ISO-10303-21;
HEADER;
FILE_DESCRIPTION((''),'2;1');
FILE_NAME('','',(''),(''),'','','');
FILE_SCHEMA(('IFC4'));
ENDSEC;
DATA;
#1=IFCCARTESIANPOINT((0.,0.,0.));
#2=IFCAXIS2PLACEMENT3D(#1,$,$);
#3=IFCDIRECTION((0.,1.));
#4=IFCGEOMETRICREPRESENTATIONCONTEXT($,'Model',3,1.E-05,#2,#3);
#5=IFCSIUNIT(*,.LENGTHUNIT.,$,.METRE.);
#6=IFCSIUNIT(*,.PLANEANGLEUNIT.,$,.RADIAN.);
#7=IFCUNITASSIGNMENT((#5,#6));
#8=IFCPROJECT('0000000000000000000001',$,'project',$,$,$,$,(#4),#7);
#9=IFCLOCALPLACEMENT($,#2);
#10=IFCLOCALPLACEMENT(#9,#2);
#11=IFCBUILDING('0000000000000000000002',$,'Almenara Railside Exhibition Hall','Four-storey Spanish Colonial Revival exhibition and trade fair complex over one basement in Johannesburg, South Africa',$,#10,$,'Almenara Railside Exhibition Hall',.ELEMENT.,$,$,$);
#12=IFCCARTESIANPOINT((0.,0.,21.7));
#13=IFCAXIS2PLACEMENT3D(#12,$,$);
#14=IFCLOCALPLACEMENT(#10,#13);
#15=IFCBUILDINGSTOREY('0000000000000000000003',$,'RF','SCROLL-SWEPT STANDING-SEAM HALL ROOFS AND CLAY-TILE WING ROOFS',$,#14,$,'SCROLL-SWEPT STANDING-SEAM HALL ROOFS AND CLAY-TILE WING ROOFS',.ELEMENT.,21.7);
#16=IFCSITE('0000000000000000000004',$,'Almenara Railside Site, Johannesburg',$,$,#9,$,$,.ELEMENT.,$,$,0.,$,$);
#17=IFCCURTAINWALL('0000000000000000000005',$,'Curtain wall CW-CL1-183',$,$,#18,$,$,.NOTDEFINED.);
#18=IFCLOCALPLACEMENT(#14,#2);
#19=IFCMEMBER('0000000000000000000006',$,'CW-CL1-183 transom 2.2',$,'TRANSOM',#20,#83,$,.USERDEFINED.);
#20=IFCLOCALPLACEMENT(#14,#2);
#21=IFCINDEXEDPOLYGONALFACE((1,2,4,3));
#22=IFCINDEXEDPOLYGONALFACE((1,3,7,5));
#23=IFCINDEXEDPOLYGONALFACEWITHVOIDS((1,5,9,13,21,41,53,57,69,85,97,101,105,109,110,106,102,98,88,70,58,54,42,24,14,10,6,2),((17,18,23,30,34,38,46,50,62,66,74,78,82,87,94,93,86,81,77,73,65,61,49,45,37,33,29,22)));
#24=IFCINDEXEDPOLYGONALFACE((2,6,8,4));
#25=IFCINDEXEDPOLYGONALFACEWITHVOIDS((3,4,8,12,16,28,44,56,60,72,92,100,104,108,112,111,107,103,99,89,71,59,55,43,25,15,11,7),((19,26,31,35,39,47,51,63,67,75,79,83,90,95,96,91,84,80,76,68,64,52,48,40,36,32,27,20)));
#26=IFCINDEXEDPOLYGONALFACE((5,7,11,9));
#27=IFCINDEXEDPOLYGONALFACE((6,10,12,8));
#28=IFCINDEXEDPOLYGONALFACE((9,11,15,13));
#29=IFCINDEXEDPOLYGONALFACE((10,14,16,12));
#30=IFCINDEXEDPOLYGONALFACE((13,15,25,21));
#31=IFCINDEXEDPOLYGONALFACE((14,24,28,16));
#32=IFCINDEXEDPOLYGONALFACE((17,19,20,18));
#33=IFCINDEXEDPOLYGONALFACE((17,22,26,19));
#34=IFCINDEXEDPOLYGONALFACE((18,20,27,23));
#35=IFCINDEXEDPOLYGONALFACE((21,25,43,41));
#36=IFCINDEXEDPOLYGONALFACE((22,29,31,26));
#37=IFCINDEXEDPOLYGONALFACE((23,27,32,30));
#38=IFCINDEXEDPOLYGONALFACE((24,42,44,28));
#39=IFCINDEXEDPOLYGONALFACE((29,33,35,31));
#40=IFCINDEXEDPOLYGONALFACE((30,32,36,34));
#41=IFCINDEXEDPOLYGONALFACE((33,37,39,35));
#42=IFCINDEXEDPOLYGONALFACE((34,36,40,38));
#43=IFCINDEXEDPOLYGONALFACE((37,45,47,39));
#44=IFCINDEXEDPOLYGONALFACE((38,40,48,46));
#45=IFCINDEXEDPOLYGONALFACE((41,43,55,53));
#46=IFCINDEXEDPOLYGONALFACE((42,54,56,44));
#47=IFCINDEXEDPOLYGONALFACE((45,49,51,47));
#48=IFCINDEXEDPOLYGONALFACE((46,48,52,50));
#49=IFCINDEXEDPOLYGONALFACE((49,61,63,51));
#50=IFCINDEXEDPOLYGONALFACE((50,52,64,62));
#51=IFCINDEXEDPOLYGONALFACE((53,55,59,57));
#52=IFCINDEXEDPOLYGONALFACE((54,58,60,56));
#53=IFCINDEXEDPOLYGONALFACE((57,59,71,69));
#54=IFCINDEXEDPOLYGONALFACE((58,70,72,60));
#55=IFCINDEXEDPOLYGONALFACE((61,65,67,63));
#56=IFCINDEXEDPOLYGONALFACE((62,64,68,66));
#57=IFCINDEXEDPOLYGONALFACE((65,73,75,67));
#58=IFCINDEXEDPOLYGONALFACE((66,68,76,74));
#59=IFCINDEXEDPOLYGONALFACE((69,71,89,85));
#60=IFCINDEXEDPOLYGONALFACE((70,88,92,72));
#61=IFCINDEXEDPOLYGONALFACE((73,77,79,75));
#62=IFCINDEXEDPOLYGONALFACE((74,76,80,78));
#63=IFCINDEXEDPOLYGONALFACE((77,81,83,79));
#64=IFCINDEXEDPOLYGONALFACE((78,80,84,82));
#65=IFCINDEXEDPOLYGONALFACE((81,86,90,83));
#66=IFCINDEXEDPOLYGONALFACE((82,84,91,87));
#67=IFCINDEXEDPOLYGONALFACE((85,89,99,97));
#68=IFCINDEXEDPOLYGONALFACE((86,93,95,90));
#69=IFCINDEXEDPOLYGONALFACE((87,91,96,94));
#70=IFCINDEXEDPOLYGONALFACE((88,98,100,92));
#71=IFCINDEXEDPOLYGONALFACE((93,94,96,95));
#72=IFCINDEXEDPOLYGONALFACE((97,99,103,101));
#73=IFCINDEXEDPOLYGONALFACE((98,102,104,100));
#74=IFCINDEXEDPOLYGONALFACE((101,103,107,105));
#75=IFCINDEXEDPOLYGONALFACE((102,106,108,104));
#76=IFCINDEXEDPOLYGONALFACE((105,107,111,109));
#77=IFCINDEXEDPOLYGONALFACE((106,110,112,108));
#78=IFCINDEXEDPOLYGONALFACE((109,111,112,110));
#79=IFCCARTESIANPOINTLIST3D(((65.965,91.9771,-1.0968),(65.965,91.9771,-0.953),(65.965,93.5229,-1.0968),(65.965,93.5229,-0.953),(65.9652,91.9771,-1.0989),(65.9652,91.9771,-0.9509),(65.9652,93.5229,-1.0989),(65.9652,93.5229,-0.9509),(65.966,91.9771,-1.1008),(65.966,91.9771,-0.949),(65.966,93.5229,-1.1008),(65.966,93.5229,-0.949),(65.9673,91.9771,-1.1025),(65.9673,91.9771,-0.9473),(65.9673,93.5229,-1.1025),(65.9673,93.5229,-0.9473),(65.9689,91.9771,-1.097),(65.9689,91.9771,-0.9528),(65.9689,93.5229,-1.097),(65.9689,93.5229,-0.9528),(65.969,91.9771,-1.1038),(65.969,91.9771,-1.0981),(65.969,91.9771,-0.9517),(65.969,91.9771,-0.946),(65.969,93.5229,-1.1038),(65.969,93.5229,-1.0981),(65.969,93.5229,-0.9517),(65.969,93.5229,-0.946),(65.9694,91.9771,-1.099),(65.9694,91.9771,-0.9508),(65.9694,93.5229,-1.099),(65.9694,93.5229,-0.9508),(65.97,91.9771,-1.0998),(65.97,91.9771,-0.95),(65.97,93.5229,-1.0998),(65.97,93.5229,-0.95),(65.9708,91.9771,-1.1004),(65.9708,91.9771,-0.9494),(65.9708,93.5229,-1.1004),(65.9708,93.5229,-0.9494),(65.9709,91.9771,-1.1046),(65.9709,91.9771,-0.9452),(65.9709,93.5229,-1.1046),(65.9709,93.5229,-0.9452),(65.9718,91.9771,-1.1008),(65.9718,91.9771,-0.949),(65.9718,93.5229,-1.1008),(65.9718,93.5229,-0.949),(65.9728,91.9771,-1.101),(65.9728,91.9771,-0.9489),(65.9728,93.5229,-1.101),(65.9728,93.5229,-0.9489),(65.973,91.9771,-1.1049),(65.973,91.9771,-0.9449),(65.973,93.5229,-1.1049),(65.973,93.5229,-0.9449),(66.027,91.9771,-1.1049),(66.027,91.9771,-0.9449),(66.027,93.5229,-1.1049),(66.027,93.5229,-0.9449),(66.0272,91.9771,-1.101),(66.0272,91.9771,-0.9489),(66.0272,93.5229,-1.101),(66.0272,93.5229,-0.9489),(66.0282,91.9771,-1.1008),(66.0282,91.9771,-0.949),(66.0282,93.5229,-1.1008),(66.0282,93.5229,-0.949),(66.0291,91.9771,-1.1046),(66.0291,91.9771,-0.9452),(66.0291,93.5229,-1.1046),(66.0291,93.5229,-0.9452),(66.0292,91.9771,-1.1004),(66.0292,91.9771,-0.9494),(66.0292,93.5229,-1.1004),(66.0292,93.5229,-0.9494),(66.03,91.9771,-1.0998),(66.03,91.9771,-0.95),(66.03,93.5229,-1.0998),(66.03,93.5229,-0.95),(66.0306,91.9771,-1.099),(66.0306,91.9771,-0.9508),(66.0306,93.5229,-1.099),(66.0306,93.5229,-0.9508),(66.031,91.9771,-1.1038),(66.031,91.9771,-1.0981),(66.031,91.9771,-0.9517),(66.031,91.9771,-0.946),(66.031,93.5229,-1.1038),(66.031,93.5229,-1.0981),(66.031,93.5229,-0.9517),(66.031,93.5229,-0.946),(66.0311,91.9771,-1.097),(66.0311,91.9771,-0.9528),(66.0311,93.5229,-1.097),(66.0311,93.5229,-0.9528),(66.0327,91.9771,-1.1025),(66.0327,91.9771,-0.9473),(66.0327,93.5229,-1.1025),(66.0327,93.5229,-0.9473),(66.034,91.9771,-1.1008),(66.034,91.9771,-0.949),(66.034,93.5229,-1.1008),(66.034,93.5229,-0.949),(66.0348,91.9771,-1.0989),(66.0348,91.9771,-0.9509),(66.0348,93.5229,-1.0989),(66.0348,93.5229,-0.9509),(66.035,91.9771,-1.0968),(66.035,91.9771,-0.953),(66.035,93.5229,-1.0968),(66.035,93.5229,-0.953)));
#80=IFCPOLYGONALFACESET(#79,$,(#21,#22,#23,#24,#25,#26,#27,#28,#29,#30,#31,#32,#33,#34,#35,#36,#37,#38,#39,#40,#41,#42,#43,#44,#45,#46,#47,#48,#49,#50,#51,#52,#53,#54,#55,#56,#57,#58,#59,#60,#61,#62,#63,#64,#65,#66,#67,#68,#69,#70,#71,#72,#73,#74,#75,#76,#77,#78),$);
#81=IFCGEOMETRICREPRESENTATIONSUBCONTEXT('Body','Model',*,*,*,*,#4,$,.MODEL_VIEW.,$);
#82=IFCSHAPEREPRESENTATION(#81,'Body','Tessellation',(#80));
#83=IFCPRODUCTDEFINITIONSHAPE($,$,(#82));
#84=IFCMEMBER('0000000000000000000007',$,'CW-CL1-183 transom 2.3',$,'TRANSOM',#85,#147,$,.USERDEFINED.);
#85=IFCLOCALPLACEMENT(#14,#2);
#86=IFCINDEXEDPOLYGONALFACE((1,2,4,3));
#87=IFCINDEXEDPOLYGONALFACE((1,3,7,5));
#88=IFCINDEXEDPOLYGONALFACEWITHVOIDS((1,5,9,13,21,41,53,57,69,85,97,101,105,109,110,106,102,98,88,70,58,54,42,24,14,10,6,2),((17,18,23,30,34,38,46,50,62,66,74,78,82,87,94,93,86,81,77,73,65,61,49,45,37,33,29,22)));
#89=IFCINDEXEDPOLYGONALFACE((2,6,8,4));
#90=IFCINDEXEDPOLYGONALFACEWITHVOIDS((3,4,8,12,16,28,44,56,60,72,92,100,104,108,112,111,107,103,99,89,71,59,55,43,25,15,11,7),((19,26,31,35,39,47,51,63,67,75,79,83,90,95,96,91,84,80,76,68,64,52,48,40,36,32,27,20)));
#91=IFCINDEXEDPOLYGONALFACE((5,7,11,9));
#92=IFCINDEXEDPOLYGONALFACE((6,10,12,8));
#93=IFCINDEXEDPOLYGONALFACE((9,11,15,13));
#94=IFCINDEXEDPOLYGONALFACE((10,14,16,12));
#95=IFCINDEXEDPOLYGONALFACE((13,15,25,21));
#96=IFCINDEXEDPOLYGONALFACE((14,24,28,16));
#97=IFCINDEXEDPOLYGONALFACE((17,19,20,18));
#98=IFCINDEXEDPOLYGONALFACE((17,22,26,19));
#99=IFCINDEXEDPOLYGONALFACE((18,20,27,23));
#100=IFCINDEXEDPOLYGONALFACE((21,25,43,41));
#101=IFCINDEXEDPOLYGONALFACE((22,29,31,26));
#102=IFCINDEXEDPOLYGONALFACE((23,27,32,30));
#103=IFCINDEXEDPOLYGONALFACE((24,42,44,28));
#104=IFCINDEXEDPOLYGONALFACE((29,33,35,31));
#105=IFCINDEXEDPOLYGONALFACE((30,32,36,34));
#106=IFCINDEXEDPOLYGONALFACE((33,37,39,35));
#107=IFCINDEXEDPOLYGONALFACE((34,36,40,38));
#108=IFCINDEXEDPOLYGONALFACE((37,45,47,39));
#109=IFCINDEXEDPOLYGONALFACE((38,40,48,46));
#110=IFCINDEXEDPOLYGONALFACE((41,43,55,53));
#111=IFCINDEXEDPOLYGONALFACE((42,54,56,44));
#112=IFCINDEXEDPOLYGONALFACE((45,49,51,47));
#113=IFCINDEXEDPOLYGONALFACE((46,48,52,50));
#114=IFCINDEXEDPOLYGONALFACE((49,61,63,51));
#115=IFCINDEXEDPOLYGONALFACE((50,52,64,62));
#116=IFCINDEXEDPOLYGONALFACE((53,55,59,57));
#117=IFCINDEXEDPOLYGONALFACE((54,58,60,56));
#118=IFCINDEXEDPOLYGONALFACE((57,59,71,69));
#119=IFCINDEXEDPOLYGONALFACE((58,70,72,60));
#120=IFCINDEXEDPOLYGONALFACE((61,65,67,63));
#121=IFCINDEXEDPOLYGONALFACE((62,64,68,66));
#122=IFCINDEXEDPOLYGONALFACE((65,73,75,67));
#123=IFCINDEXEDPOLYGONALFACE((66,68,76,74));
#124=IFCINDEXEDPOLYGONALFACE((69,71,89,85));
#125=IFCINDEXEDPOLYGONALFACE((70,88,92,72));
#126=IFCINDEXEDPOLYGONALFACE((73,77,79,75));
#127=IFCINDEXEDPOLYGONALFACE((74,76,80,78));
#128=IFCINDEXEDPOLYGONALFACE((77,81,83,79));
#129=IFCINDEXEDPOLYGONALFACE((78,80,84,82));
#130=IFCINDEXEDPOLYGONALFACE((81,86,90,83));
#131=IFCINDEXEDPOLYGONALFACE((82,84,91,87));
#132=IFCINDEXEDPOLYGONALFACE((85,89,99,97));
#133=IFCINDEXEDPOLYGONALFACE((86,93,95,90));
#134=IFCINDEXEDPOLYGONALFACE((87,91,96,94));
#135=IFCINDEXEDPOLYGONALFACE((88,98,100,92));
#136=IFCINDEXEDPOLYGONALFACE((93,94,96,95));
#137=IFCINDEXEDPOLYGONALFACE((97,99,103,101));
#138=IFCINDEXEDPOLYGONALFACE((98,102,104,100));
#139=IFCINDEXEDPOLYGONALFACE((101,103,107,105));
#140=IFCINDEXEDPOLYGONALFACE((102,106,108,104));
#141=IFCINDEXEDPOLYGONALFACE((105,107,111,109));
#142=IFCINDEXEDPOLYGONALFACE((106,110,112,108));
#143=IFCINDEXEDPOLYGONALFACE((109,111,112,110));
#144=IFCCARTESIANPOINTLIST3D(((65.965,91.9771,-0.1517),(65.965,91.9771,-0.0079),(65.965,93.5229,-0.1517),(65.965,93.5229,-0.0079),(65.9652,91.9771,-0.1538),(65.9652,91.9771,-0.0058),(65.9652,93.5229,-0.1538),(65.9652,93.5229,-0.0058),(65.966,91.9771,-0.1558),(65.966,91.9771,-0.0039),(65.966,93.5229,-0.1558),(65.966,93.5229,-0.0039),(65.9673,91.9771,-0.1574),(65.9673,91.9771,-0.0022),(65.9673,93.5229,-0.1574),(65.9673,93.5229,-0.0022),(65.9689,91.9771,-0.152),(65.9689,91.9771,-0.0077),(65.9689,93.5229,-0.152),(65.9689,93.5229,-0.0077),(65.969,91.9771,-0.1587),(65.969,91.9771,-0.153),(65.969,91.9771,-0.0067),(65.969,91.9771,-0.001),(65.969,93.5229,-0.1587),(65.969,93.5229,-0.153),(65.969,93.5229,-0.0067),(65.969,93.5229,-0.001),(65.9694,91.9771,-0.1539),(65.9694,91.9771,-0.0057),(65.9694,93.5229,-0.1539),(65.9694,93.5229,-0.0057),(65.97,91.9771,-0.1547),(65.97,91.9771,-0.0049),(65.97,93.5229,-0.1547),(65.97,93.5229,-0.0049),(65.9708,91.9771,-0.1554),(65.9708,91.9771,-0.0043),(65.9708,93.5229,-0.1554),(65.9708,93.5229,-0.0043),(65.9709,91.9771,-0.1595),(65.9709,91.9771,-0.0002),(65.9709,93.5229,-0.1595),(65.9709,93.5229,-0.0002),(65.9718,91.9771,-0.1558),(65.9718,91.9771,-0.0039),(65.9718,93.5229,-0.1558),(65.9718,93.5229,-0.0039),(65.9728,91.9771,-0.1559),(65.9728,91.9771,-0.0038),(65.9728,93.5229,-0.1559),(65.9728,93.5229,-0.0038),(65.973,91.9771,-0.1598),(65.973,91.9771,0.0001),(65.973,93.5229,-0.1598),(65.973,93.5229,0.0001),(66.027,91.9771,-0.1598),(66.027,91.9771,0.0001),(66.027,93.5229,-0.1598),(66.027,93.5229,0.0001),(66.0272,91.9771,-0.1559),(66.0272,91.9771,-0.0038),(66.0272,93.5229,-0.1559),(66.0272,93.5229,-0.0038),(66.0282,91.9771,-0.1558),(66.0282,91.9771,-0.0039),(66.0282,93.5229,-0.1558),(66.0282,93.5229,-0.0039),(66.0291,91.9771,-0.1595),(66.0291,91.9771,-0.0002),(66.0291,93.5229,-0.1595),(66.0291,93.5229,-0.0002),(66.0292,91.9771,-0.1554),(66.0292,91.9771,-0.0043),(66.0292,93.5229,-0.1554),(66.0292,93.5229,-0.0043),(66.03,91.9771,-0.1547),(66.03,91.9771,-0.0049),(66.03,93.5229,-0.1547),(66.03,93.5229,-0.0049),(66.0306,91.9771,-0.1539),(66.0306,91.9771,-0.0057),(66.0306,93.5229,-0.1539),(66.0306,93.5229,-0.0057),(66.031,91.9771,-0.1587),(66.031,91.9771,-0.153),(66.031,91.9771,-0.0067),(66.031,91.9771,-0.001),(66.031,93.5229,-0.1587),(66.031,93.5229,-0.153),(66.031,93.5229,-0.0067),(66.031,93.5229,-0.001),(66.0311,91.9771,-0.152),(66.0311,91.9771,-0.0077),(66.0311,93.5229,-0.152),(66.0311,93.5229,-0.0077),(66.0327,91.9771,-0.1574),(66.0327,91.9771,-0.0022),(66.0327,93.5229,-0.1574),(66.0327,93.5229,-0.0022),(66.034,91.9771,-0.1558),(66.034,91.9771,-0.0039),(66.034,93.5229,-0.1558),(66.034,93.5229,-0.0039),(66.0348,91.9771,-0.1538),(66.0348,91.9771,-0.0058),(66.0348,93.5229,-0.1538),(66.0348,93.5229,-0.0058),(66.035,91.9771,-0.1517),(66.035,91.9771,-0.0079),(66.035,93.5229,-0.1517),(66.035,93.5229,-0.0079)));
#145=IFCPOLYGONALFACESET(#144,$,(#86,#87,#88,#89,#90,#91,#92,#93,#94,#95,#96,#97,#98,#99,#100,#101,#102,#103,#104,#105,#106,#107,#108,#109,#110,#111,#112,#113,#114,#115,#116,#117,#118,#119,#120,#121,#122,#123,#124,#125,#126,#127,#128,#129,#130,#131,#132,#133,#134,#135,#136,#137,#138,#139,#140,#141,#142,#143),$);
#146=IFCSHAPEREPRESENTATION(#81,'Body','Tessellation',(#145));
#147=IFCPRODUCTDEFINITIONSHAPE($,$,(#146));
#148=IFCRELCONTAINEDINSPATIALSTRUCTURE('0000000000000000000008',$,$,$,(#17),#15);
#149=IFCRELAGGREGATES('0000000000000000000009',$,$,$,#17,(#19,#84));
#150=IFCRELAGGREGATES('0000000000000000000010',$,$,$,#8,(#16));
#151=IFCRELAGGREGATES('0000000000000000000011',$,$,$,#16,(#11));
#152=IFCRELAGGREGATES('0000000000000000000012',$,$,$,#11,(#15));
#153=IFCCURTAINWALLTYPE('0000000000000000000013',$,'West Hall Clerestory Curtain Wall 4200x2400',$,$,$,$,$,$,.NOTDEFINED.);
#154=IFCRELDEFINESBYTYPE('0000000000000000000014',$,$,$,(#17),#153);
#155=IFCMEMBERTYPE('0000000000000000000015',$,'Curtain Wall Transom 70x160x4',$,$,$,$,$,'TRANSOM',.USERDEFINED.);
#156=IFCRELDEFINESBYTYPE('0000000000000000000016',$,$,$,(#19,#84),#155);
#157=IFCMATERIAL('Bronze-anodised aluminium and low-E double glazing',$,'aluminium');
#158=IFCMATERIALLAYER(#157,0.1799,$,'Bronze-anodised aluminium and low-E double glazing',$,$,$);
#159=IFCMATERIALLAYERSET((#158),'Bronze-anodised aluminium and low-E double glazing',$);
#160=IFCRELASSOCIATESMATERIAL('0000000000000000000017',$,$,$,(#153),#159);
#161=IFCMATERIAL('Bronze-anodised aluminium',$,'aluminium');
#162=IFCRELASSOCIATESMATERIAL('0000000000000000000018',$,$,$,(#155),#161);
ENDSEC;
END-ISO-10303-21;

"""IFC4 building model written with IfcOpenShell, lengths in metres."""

from ifc_helpers import new_model, si_unit, direction, frame, origin, origin_2d, place, context, subcontext, project, spatial, hollow_rectangle, extrude, material, layer, layer_set, material_profile, profile_set, type_object, element, aggregate, save


model = new_model("IFC4")

# Units and contexts
model_context = context("Model", 3, precision=1e-05, world=origin(), true_north=direction((0.0, 1.0)))
body_context = subcontext(model_context, "Body", "Model", "MODEL_VIEW")
ifc_project = project(units=[si_unit("LENGTHUNIT", "METRE"), si_unit("PLANEANGLEUNIT", "RADIAN")], contexts=[model_context])

# Site, building, storey
site_placement = place(None, origin())
site = spatial("IfcSite", under=ifc_project, at=site_placement, Name="Almenara Railside Site, Johannesburg", CompositionType="ELEMENT", RefElevation=0.0)
building_placement = place(site_placement, origin())
building = spatial("IfcBuilding", under=site, at=building_placement, Name="Almenara Railside Exhibition Hall", Description="Four-storey Spanish Colonial Revival exhibition and trade fair complex over one basement in Johannesburg, South Africa", LongName="Almenara Railside Exhibition Hall", CompositionType="ELEMENT")
storey_placement = place(building_placement, frame((0.0, 0.0, 21.7)))
storey = spatial("IfcBuildingStorey", under=building, at=storey_placement, Name="RF", Description="SCROLL-SWEPT STANDING-SEAM HALL ROOFS AND CLAY-TILE WING ROOFS", LongName="SCROLL-SWEPT STANDING-SEAM HALL ROOFS AND CLAY-TILE WING ROOFS", CompositionType="ELEMENT", Elevation=21.7)

# Curtain wall
ifc_material_1 = material(Name="Bronze-anodised aluminium and low-E double glazing", Category="aluminium")
ifc_layer_1 = layer(ifc_material_1, 0.1799, Name="Bronze-anodised aluminium and low-E double glazing")
ifc_layer_set_1 = layer_set([ifc_layer_1], Name="Bronze-anodised aluminium and low-E double glazing")
curtain_wall_type = type_object("IfcCurtainWallType", Name="West Hall Clerestory Curtain Wall 4200x2400", PredefinedType="NOTDEFINED", material=ifc_layer_set_1)
ifc_material_2 = material(Name="Bronze-anodised aluminium", Category="aluminium")
curtain_wall_1_placement = place(storey_placement, origin())
curtain_wall_1 = element("IfcCurtainWall", 1, at=curtain_wall_1_placement, inside=storey, type_object=curtain_wall_type, Name="Curtain wall CW-CL1-183", PredefinedType="NOTDEFINED")

# Members
ifc_material_profile_1 = material_profile(ifc_material_2, hollow_rectangle(XDim=0.0701, YDim=0.1599, WallThickness=0.0039, InnerFilletRadius=0.0039, OuterFilletRadius=0.0081, at=origin_2d()), Name="ALU-TRN 70x160x4")
ifc_profile_set_1 = profile_set([ifc_material_profile_1], Name="Bronze-anodised aluminium")
member_type_1 = type_object("IfcMemberType", Name="Curtain Wall Transom 70x160x4", ElementType="TRANSOM", PredefinedType="USERDEFINED", material=ifc_profile_set_1)
member_1_placement = place(storey_placement, frame((66.0, 91.9771, -1.0249), z_axis=(0.0, 1.0, 0.0), x_axis=(-1.0, 0.0, 0.0)))
member_1 = element("IfcMember", 2, at=member_1_placement, type_object=member_type_1, Name="CW-CL1-183 transom 2.2", ObjectType="TRANSOM", PredefinedType="USERDEFINED", context=body_context, shape_type="SweptSolid", body=[
    extrude(hollow_rectangle(XDim=0.0701, YDim=0.1599, WallThickness=0.0039, InnerFilletRadius=0.0039, OuterFilletRadius=0.0081, at=origin_2d()), origin(), (0.0, 0.0, 1.0), 1.5459),
])
member_2_placement = place(storey_placement, frame((66.0, 91.9771, -0.0798), z_axis=(0.0, 1.0, 0.0), x_axis=(-1.0, 0.0, 0.0)))
member_2 = element("IfcMember", 3, at=member_2_placement, type_object=member_type_1, Name="CW-CL1-183 transom 2.3", ObjectType="TRANSOM", PredefinedType="USERDEFINED", context=body_context, shape_type="SweptSolid", body=[
    extrude(hollow_rectangle(XDim=0.0701, YDim=0.1599, WallThickness=0.0039, InnerFilletRadius=0.0039, OuterFilletRadius=0.0081, at=origin_2d()), origin(), (0.0, 0.0, 1.0), 1.5459),
])

aggregate(curtain_wall_1, [member_1, member_2])

save(model, "model.ifc")
